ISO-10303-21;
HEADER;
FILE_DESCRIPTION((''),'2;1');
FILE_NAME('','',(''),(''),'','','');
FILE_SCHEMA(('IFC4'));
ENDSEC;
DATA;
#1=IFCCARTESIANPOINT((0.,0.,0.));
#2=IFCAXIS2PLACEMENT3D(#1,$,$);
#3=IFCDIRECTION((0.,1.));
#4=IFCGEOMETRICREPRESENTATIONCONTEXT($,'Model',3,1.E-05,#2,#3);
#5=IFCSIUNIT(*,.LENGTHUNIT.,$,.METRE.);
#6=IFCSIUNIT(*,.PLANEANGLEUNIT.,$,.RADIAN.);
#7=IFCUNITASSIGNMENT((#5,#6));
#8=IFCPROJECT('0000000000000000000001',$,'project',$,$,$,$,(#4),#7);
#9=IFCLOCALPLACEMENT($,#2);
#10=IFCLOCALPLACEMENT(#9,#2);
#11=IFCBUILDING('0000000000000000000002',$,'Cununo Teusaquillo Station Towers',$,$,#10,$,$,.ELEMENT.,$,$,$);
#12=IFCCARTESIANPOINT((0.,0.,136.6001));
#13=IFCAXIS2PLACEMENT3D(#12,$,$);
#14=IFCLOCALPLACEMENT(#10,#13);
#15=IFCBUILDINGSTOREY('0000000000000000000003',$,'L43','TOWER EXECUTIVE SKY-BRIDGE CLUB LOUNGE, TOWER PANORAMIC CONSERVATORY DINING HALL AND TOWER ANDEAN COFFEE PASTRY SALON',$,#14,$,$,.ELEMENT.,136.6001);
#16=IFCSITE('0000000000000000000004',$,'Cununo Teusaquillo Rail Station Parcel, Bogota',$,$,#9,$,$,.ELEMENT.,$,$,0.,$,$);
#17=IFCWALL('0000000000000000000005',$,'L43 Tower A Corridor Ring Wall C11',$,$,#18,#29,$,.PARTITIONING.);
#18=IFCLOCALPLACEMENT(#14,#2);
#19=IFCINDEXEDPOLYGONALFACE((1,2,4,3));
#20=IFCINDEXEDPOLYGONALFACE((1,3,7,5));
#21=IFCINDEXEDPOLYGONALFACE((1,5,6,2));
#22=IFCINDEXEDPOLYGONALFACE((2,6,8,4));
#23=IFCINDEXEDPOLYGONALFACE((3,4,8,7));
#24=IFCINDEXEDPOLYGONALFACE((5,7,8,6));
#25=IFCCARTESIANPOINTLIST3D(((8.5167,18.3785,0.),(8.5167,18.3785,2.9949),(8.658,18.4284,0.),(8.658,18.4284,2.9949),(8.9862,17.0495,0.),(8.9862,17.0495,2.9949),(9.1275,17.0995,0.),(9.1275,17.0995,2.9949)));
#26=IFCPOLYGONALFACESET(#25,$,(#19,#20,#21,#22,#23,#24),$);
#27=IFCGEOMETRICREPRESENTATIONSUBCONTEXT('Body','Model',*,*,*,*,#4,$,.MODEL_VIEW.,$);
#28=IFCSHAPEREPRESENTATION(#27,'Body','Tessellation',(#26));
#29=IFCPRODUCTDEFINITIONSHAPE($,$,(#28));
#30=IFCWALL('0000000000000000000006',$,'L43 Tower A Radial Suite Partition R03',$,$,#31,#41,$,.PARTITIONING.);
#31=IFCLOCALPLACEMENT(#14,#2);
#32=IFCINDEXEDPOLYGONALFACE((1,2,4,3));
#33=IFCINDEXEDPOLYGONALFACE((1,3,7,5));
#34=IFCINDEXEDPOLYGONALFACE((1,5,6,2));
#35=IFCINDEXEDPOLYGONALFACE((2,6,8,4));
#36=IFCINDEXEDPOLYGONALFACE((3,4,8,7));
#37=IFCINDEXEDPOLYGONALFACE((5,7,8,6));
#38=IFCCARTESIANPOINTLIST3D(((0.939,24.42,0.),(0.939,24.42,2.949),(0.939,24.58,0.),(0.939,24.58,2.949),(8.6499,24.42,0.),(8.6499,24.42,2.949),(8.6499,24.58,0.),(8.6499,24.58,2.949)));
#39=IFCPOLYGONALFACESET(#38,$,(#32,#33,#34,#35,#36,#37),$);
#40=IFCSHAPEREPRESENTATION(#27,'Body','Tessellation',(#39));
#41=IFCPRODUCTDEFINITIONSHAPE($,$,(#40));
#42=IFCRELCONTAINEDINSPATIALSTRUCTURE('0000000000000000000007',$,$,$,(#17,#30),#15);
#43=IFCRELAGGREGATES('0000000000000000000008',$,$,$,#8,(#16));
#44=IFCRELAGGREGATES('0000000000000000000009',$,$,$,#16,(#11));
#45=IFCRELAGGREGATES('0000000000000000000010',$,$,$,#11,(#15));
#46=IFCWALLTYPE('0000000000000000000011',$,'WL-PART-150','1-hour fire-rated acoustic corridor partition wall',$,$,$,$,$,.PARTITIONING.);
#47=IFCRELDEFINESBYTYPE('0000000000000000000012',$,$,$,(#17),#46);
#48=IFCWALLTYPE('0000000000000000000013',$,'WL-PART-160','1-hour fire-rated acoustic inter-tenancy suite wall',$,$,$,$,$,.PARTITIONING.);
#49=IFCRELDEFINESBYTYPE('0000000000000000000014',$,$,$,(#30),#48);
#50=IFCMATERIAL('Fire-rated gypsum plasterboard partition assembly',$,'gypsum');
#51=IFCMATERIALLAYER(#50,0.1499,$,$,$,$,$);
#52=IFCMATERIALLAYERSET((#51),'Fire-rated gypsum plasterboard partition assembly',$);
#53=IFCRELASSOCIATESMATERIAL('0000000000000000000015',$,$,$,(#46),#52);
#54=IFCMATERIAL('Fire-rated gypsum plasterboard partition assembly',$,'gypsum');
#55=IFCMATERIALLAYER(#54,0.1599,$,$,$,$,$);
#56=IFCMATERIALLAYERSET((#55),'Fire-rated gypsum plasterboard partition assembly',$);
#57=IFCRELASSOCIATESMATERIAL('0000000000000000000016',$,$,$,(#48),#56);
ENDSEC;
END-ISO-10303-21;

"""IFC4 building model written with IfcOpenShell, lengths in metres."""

from ifc_helpers import new_model, si_unit, direction, frame, frame_2d, origin, place, context, subcontext, project, spatial, rectangle, extrude, material, layer, layer_set, type_object, element, save


model = new_model("IFC4")

# Units and contexts
model_context = context("Model", 3, precision=1e-05, world=origin(), true_north=direction((0.0, 1.0)))
body_context = subcontext(model_context, "Body", "Model", "MODEL_VIEW")
ifc_project = project(units=[si_unit("LENGTHUNIT", "METRE"), si_unit("PLANEANGLEUNIT", "RADIAN")], contexts=[model_context])

# Site, building, storey
site_placement = place(None, origin())
site = spatial("IfcSite", under=ifc_project, at=site_placement, Name="Cununo Teusaquillo Rail Station Parcel, Bogota", CompositionType="ELEMENT", RefElevation=0.0)
building_placement = place(site_placement, origin())
building = spatial("IfcBuilding", under=site, at=building_placement, Name="Cununo Teusaquillo Station Towers", CompositionType="ELEMENT")
storey_placement = place(building_placement, frame((0.0, 0.0, 136.6001)))
storey = spatial("IfcBuildingStorey", under=building, at=storey_placement, Name="L43", Description="TOWER EXECUTIVE SKY-BRIDGE CLUB LOUNGE, TOWER PANORAMIC CONSERVATORY DINING HALL AND TOWER ANDEAN COFFEE PASTRY SALON", CompositionType="ELEMENT", Elevation=136.6001)

# Walls
ifc_material_1 = material(Name="Fire-rated gypsum plasterboard partition assembly", Category="gypsum")
ifc_layer_1 = layer(ifc_material_1, 0.1499)
ifc_layer_set_1 = layer_set([ifc_layer_1], Name="Fire-rated gypsum plasterboard partition assembly")
wall_type_1 = type_object("IfcWallType", Name="WL-PART-150", Description="1-hour fire-rated acoustic corridor partition wall", PredefinedType="PARTITIONING", material=ifc_layer_set_1)
wall_1_placement = place(storey_placement, frame((8.5874, 18.4033, 0.0), z_axis=(0.0, 0.0, 1.0), x_axis=(0.333119, -0.942885, 0.0)))
element("IfcWall", 1, at=wall_1_placement, inside=storey, type_object=wall_type_1, Name="L43 Tower A Corridor Ring Wall C11", PredefinedType="PARTITIONING", context=body_context, shape_type="SweptSolid", body=[
    extrude(rectangle(XDim=1.4094, YDim=0.1499, at=frame_2d((0.7046, 0.0))), origin(), (0.0, 0.0, 1.0), 2.9949),
])
ifc_material_2 = material(Name="Fire-rated gypsum plasterboard partition assembly", Category="gypsum")
ifc_layer_2 = layer(ifc_material_2, 0.1599)
ifc_layer_set_2 = layer_set([ifc_layer_2], Name="Fire-rated gypsum plasterboard partition assembly")
wall_type_2 = type_object("IfcWallType", Name="WL-PART-160", Description="1-hour fire-rated acoustic inter-tenancy suite wall", PredefinedType="PARTITIONING", material=ifc_layer_set_2)
wall_2_placement = place(storey_placement, frame((8.6499, 24.5, 0.0), z_axis=(0.0, 0.0, 1.0), x_axis=(-1.0, 0.0, 0.0)))
element("IfcWall", 2, at=wall_2_placement, inside=storey, type_object=wall_type_2, Name="L43 Tower A Radial Suite Partition R03", PredefinedType="PARTITIONING", context=body_context, shape_type="SweptSolid", body=[
    extrude(rectangle(XDim=7.7109, YDim=0.1599, at=frame_2d((3.8555, 0.0))), origin(), (0.0, 0.0, 1.0), 2.949),
])

save(model, "model.ifc")
